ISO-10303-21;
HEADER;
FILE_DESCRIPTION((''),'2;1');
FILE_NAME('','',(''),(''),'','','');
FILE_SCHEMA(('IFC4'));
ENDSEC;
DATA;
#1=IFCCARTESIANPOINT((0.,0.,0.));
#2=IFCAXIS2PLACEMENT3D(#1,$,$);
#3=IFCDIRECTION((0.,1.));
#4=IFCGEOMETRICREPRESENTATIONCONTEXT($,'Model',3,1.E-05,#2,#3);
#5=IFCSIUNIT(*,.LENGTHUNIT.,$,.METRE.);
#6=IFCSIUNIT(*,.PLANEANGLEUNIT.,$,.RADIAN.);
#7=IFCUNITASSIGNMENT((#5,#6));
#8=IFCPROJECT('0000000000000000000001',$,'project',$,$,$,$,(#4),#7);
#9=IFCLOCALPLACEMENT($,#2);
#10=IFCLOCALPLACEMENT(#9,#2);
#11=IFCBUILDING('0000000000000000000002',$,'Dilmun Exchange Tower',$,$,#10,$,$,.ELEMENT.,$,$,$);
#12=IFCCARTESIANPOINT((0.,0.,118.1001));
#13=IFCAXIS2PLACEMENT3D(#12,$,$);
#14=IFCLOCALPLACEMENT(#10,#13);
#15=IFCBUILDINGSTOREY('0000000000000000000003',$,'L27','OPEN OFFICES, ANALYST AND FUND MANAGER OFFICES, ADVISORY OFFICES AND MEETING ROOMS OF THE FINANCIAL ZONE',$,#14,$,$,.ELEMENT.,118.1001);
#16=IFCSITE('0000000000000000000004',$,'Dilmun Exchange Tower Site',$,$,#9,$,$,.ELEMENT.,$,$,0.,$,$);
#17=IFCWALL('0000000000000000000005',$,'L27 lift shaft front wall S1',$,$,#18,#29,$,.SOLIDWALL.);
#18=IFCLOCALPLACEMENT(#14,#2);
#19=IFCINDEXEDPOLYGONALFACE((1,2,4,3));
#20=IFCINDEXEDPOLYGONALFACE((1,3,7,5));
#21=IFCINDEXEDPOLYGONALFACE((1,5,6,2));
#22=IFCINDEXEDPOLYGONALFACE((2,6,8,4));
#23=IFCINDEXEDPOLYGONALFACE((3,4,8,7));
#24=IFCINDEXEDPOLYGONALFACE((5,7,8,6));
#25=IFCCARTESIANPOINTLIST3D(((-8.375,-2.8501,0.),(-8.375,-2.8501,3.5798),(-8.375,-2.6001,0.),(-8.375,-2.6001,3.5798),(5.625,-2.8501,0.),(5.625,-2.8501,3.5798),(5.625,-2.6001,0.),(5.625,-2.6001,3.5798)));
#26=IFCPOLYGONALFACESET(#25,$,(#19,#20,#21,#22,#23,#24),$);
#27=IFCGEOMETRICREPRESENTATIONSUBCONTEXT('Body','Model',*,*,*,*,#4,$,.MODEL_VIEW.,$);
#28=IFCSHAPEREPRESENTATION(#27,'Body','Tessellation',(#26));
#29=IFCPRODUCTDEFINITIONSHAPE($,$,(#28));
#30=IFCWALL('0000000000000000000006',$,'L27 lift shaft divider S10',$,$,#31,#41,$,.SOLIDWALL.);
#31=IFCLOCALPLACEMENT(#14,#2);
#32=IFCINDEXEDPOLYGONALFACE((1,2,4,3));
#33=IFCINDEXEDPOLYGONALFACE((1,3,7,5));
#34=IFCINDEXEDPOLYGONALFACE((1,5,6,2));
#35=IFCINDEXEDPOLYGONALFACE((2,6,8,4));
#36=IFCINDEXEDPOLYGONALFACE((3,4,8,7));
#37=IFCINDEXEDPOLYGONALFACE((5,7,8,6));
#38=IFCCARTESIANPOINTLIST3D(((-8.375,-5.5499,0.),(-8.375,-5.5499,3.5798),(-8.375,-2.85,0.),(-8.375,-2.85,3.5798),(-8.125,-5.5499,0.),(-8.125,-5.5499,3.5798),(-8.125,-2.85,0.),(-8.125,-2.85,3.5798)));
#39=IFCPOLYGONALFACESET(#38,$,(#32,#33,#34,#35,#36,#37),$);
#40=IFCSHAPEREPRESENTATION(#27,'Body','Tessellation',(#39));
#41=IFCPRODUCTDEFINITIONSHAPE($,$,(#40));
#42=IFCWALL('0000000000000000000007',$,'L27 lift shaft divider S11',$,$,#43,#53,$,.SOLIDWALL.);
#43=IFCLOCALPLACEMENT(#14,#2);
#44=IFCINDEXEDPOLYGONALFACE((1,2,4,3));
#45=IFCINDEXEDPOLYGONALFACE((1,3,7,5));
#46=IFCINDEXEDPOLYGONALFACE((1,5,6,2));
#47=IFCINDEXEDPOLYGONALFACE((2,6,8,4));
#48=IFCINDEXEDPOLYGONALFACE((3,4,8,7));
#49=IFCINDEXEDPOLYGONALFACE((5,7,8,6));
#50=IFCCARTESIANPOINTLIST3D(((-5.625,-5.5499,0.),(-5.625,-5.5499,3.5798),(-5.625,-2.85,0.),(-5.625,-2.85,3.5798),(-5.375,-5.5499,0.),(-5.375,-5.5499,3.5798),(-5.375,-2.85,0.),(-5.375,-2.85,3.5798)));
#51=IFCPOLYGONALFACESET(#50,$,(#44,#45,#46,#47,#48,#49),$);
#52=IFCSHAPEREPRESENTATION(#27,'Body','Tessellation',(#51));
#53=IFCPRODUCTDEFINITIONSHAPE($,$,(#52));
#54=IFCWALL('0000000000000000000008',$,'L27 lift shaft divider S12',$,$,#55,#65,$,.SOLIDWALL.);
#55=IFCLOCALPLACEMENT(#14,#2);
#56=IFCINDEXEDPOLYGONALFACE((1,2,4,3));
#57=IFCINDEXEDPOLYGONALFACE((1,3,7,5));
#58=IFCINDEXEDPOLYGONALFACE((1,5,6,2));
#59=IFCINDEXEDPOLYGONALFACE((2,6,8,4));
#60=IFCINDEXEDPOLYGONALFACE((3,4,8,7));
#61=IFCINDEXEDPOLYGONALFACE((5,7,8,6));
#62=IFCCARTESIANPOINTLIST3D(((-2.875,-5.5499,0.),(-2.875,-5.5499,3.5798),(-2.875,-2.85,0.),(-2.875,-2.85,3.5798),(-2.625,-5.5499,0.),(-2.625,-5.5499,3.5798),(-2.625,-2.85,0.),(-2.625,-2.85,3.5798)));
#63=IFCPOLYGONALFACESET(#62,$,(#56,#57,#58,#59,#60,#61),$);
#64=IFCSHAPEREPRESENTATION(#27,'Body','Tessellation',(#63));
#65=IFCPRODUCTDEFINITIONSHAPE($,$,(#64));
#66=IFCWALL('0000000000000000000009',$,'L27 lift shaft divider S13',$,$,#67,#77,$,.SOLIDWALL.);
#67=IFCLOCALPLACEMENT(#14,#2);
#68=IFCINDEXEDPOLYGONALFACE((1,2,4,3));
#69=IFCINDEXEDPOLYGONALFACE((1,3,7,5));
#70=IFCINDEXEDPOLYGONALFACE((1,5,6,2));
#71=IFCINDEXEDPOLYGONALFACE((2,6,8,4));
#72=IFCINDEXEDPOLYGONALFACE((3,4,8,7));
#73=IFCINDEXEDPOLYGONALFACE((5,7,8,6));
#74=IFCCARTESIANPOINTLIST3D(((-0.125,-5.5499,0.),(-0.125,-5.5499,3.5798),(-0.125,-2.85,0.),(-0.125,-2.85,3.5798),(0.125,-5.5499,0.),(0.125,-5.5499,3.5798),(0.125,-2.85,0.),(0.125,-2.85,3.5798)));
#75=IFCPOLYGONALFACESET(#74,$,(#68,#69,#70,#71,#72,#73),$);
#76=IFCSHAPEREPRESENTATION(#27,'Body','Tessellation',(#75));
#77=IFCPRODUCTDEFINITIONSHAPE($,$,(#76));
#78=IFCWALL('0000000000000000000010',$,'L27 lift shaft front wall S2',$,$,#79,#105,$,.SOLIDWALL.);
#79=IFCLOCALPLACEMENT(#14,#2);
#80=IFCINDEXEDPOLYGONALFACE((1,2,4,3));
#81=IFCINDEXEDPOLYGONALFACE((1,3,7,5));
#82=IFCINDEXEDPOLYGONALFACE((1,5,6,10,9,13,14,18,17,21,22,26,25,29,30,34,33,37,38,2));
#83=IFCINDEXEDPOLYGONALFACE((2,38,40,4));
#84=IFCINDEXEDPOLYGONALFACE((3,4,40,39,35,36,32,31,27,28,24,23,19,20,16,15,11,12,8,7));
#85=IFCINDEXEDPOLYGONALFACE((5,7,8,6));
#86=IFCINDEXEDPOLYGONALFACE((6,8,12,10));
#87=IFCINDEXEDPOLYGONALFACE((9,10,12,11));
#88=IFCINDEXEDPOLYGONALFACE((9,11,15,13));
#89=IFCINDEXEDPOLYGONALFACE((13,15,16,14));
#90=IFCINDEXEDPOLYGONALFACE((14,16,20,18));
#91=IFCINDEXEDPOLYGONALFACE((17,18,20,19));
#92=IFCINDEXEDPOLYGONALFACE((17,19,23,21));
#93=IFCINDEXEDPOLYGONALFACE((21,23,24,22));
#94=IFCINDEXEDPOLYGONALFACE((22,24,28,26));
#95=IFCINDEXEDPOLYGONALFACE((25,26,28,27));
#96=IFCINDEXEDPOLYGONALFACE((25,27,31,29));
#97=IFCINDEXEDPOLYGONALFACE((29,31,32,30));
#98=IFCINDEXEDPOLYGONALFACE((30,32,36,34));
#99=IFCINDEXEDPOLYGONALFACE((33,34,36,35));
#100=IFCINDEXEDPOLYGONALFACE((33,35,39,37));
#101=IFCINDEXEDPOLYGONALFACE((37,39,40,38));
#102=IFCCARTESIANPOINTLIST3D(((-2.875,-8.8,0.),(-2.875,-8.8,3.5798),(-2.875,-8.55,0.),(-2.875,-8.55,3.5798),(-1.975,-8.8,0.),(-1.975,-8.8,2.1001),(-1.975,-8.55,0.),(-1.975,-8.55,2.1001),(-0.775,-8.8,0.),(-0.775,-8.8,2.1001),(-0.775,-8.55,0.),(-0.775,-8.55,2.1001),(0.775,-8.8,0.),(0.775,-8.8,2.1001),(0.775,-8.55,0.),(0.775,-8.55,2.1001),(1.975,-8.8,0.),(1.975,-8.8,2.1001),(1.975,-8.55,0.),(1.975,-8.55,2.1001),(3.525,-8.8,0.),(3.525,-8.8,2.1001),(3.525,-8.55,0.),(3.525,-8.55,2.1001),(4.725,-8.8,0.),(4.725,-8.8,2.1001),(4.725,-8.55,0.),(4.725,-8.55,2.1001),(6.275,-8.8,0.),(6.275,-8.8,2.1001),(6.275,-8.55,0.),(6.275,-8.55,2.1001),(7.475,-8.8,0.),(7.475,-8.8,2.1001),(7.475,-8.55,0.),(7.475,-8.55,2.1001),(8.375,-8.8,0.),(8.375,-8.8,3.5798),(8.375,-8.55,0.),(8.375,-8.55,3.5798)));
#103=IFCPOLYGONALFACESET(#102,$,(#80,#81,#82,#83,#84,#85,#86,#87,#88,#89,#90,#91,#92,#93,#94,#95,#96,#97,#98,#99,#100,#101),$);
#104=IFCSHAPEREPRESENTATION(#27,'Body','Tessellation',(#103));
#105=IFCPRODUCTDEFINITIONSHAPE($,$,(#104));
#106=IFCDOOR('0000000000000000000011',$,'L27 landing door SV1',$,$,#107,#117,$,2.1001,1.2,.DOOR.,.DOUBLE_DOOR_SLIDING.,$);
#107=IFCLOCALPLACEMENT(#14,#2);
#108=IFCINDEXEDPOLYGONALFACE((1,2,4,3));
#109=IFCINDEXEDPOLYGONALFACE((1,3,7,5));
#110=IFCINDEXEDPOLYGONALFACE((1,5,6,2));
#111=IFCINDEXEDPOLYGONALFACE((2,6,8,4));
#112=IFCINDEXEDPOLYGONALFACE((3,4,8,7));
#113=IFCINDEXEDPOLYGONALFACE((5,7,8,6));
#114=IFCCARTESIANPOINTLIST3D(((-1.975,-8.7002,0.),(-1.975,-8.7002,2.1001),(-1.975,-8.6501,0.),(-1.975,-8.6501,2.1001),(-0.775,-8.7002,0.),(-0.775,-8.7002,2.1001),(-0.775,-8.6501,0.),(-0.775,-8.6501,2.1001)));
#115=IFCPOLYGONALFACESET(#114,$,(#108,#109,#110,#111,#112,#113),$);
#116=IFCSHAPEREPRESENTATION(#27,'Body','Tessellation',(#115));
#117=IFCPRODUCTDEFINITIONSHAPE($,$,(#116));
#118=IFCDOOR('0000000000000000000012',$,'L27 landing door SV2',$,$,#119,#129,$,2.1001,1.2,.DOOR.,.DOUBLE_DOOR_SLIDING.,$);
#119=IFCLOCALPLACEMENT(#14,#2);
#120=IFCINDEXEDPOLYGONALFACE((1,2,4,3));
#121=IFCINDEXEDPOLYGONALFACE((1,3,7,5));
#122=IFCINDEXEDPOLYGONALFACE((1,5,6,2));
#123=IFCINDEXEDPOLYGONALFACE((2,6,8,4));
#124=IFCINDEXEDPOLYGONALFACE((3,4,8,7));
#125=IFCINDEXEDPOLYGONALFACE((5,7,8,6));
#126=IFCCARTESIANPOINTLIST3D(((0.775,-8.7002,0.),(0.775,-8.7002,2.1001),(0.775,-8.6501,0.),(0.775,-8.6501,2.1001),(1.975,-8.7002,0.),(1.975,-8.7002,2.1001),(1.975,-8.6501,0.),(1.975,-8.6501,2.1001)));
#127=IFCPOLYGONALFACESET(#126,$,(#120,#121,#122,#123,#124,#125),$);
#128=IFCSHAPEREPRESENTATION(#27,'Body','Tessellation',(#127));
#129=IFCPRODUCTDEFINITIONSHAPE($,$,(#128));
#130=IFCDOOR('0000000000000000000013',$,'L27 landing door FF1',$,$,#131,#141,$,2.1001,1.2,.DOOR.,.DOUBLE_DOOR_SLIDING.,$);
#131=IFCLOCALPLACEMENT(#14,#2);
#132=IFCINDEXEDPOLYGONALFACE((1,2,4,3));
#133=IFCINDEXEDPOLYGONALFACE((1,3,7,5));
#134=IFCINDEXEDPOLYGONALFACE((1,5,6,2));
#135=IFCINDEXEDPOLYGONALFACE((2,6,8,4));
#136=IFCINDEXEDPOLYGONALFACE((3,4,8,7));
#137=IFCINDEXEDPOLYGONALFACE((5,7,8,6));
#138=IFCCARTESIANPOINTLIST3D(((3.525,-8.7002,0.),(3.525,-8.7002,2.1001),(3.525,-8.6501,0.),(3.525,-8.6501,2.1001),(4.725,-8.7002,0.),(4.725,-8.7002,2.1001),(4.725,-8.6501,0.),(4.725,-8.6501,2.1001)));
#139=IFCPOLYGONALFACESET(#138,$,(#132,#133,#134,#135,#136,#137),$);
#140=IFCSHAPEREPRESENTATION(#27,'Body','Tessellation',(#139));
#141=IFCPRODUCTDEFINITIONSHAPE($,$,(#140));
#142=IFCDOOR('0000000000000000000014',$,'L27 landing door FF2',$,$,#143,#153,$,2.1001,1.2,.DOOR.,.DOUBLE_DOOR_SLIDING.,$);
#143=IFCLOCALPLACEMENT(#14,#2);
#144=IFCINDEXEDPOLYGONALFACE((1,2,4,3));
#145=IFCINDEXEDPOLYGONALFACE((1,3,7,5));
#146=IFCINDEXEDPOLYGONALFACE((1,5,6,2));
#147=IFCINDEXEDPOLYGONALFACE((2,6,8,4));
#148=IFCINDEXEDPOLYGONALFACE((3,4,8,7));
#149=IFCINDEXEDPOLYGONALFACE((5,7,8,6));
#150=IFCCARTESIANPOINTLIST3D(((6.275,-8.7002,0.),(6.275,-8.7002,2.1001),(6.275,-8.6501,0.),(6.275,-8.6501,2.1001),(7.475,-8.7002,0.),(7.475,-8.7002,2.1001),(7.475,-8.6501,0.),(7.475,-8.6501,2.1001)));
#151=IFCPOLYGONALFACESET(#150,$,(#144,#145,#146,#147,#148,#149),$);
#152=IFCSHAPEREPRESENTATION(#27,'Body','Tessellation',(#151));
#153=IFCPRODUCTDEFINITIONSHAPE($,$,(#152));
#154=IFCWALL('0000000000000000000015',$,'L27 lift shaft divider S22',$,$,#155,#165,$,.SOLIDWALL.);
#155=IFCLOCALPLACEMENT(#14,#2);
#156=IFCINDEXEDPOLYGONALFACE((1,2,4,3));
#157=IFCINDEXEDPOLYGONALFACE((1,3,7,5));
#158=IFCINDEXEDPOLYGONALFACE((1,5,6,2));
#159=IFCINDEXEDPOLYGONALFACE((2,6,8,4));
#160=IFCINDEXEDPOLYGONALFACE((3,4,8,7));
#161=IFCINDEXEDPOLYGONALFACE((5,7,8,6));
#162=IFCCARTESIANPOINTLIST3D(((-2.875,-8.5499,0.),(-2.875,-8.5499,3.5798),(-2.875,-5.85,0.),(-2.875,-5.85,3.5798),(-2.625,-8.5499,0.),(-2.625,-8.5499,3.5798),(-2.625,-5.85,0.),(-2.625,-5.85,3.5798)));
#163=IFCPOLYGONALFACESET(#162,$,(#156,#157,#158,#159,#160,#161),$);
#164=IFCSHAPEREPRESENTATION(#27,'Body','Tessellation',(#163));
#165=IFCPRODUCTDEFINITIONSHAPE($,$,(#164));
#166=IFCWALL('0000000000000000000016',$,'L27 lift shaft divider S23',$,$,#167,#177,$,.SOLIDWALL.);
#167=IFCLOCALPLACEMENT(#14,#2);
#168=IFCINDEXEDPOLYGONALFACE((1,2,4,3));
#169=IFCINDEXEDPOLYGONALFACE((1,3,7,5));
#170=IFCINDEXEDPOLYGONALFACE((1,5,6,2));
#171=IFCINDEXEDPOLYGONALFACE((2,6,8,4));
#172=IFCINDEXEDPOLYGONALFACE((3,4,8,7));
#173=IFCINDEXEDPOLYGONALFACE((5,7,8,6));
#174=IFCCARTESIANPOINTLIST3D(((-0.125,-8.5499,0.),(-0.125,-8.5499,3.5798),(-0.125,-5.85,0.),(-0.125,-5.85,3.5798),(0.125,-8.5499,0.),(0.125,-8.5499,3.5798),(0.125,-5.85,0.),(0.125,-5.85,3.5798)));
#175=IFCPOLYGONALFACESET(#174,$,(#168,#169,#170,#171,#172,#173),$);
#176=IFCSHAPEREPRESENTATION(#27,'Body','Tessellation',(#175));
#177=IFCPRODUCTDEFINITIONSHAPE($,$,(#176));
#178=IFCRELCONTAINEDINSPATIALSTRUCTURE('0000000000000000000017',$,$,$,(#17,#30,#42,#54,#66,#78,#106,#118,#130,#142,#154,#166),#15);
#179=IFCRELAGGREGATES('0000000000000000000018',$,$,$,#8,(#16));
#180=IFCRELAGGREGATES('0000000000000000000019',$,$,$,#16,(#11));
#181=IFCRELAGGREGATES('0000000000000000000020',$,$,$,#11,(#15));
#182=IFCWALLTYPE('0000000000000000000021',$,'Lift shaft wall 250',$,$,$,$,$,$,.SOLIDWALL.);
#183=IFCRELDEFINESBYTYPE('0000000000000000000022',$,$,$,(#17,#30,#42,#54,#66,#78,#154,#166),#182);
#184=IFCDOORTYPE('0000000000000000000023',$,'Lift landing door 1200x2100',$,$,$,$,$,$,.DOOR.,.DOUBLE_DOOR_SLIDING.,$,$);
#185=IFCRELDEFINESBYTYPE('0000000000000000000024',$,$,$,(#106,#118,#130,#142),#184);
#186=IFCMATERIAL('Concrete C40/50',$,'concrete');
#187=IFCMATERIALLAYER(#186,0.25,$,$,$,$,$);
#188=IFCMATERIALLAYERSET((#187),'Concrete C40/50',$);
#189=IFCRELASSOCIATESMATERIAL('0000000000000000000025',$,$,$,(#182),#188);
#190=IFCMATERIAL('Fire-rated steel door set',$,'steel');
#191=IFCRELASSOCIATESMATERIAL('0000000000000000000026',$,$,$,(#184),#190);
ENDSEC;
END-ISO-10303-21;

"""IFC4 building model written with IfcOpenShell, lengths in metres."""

from ifc_helpers import new_model, si_unit, direction, frame, frame_2d, origin, place, context, subcontext, project, spatial, rectangle, extrude, material, layer, layer_set, type_object, element, fill, save


model = new_model("IFC4")

# Units and contexts
model_context = context("Model", 3, precision=1e-05, world=origin(), true_north=direction((0.0, 1.0)))
body_context = subcontext(model_context, "Body", "Model", "MODEL_VIEW")
ifc_project = project(units=[si_unit("LENGTHUNIT", "METRE"), si_unit("PLANEANGLEUNIT", "RADIAN")], contexts=[model_context])

# Site, building, storey
site_placement = place(None, origin())
site = spatial("IfcSite", under=ifc_project, at=site_placement, Name="Dilmun Exchange Tower Site", CompositionType="ELEMENT", RefElevation=0.0)
building_placement = place(site_placement, origin())
building = spatial("IfcBuilding", under=site, at=building_placement, Name="Dilmun Exchange Tower", CompositionType="ELEMENT")
storey_placement = place(building_placement, frame((0.0, 0.0, 118.1001)))
storey = spatial("IfcBuildingStorey", under=building, at=storey_placement, Name="L27", Description="OPEN OFFICES, ANALYST AND FUND MANAGER OFFICES, ADVISORY OFFICES AND MEETING ROOMS OF THE FINANCIAL ZONE", CompositionType="ELEMENT", Elevation=118.1001)

# Shared definitions
ifc_material_1 = material(Name="Concrete C40/50", Category="concrete")

# Shared definitions
ifc_material_2 = material(Name="Fire-rated steel door set", Category="steel")

# Walls
ifc_layer_1 = layer(ifc_material_1, 0.25)
ifc_layer_set_1 = layer_set([ifc_layer_1], Name="Concrete C40/50")
wall_type_1 = type_object("IfcWallType", Name="Lift shaft wall 250", PredefinedType="SOLIDWALL", material=ifc_layer_set_1)
wall_1_placement = place(storey_placement, frame((-8.375, -2.7251, 0.0), z_axis=(0.0, 0.0, 1.0), x_axis=(1.0, 0.0, 0.0)))
element("IfcWall", 1, at=wall_1_placement, inside=storey, type_object=wall_type_1, Name="L27 lift shaft front wall S1", PredefinedType="SOLIDWALL", context=body_context, shape_type="SweptSolid", body=[
    extrude(rectangle(XDim=14.0, YDim=0.25, at=frame_2d((7.0, 0.0))), origin(), (0.0, 0.0, 1.0), 3.5798),
])
for number, where, z_axis, x_axis, name in (
    (2, (-8.25, -5.55, 0.0), (0.0, 0.0, 1.0), (0.0, 1.0, 0.0), "L27 lift shaft divider S10"),
    (3, (-5.5, -5.55, 0.0), (0.0, 0.0, 1.0), (0.0, 1.0, 0.0), "L27 lift shaft divider S11"),
    (4, (-2.75, -5.55, 0.0), (0.0, 0.0, 1.0), (0.0, 1.0, 0.0), "L27 lift shaft divider S12"),
    (5, (0.0, -5.55, 0.0), (0.0, 0.0, 1.0), (0.0, 1.0, 0.0), "L27 lift shaft divider S13"),
):
    element("IfcWall", number, at=place(storey_placement, frame(where, z_axis=z_axis, x_axis=x_axis)), inside=storey, type_object=wall_type_1, Name=name, PredefinedType="SOLIDWALL", context=body_context, shape_type="SweptSolid", body=[
        extrude(rectangle(XDim=2.7, YDim=0.25, at=frame_2d((1.3501, 0.0))), origin(), (0.0, 0.0, 1.0), 3.5798),
    ])

# Wall, openings, doors
wall_2_placement = place(storey_placement, frame((-2.875, -8.675, 0.0), z_axis=(0.0, 0.0, 1.0), x_axis=(1.0, 0.0, 0.0)))
wall_2 = element("IfcWall", 6, at=wall_2_placement, inside=storey, type_object=wall_type_1, Name="L27 lift shaft front wall S2", PredefinedType="SOLIDWALL", context=body_context, shape_type="SweptSolid", body=[
    extrude(rectangle(XDim=11.25, YDim=0.25, at=frame_2d((5.625, 0.0))), origin(), (0.0, 0.0, 1.0), 3.5798),
])
opening_1_placement = place(wall_2_placement, frame((0.8999, 0.0, 0.0)))
opening_1 = element("IfcOpeningElement", 7, at=opening_1_placement, cuts=wall_2, PredefinedType="OPENING", context=body_context, shape_type="SweptSolid", body=[
    extrude(rectangle(XDim=1.2, YDim=2.1001, at=frame_2d((0.6001, 1.05))), frame((0.0, 0.135, 0.0), z_axis=(0.0, -1.0, 0.0), x_axis=(1.0, 0.0, 0.0)), (0.0, 0.0, 1.0), 0.27),
])
opening_2_placement = place(wall_2_placement, frame((3.6499, 0.0, 0.0)))
opening_2 = element("IfcOpeningElement", 8, at=opening_2_placement, cuts=wall_2, PredefinedType="OPENING", context=body_context, shape_type="SweptSolid", body=[
    extrude(rectangle(XDim=1.2, YDim=2.1001, at=frame_2d((0.6001, 1.05))), frame((0.0, 0.135, 0.0), z_axis=(0.0, -1.0, 0.0), x_axis=(1.0, 0.0, 0.0)), (0.0, 0.0, 1.0), 0.27),
])
opening_3_placement = place(wall_2_placement, frame((6.3999, 0.0, 0.0)))
opening_3 = element("IfcOpeningElement", 9, at=opening_3_placement, cuts=wall_2, PredefinedType="OPENING", context=body_context, shape_type="SweptSolid", body=[
    extrude(rectangle(XDim=1.2, YDim=2.1001, at=frame_2d((0.6001, 1.05))), frame((0.0, 0.135, 0.0), z_axis=(0.0, -1.0, 0.0), x_axis=(1.0, 0.0, 0.0)), (0.0, 0.0, 1.0), 0.27),
])
opening_4_placement = place(wall_2_placement, frame((9.1499, 0.0, 0.0)))
opening_4 = element("IfcOpeningElement", 10, at=opening_4_placement, cuts=wall_2, PredefinedType="OPENING", context=body_context, shape_type="SweptSolid", body=[
    extrude(rectangle(XDim=1.2, YDim=2.1001, at=frame_2d((0.6001, 1.05))), frame((0.0, 0.135, 0.0), z_axis=(0.0, -1.0, 0.0), x_axis=(1.0, 0.0, 0.0)), (0.0, 0.0, 1.0), 0.27),
])
door_type_1 = type_object("IfcDoorType", Name="Lift landing door 1200x2100", OperationType="DOUBLE_DOOR_SLIDING", PredefinedType="DOOR", material=ifc_material_2)
door_1_placement = place(opening_1_placement, origin())
door_1 = element("IfcDoor", 11, at=door_1_placement, inside=storey, type_object=door_type_1, Name="L27 landing door SV1", OperationType="DOUBLE_DOOR_SLIDING", OverallHeight=2.1001, OverallWidth=1.2, PredefinedType="DOOR", context=body_context, shape_type="SweptSolid", body=[
    extrude(rectangle(XDim=1.2, YDim=2.1001, at=frame_2d((0.6001, 1.05))), frame((0.0, 0.0249, 0.0), z_axis=(0.0, -1.0, 0.0), x_axis=(1.0, 0.0, 0.0)), (0.0, 0.0, 1.0), 0.05),
])
fill(opening_1, door_1)
door_2_placement = place(opening_2_placement, origin())
door_2 = element("IfcDoor", 12, at=door_2_placement, inside=storey, type_object=door_type_1, Name="L27 landing door SV2", OperationType="DOUBLE_DOOR_SLIDING", OverallHeight=2.1001, OverallWidth=1.2, PredefinedType="DOOR", context=body_context, shape_type="SweptSolid", body=[
    extrude(rectangle(XDim=1.2, YDim=2.1001, at=frame_2d((0.6001, 1.05))), frame((0.0, 0.0249, 0.0), z_axis=(0.0, -1.0, 0.0), x_axis=(1.0, 0.0, 0.0)), (0.0, 0.0, 1.0), 0.05),
])
fill(opening_2, door_2)
door_3_placement = place(opening_3_placement, origin())
door_3 = element("IfcDoor", 13, at=door_3_placement, inside=storey, type_object=door_type_1, Name="L27 landing door FF1", OperationType="DOUBLE_DOOR_SLIDING", OverallHeight=2.1001, OverallWidth=1.2, PredefinedType="DOOR", context=body_context, shape_type="SweptSolid", body=[
    extrude(rectangle(XDim=1.2, YDim=2.1001, at=frame_2d((0.6001, 1.05))), frame((0.0, 0.0249, 0.0), z_axis=(0.0, -1.0, 0.0), x_axis=(1.0, 0.0, 0.0)), (0.0, 0.0, 1.0), 0.05),
])
fill(opening_3, door_3)
door_4_placement = place(opening_4_placement, origin())
door_4 = element("IfcDoor", 14, at=door_4_placement, inside=storey, type_object=door_type_1, Name="L27 landing door FF2", OperationType="DOUBLE_DOOR_SLIDING", OverallHeight=2.1001, OverallWidth=1.2, PredefinedType="DOOR", context=body_context, shape_type="SweptSolid", body=[
    extrude(rectangle(XDim=1.2, YDim=2.1001, at=frame_2d((0.6001, 1.05))), frame((0.0, 0.0249, 0.0), z_axis=(0.0, -1.0, 0.0), x_axis=(1.0, 0.0, 0.0)), (0.0, 0.0, 1.0), 0.05),
])
fill(opening_4, door_4)

# Walls
for number, where, z_axis, x_axis, name in (
    (15, (-2.75, -8.55, 0.0), (0.0, 0.0, 1.0), (0.0, 1.0, 0.0), "L27 lift shaft divider S22"),
    (16, (0.0, -8.55, 0.0), (0.0, 0.0, 1.0), (0.0, 1.0, 0.0), "L27 lift shaft divider S23"),
):
    element("IfcWall", number, at=place(storey_placement, frame(where, z_axis=z_axis, x_axis=x_axis)), inside=storey, type_object=wall_type_1, Name=name, PredefinedType="SOLIDWALL", context=body_context, shape_type="SweptSolid", body=[
        extrude(rectangle(XDim=2.7, YDim=0.25, at=frame_2d((1.3501, 0.0))), origin(), (0.0, 0.0, 1.0), 3.5798),
    ])

save(model, "model.ifc")
